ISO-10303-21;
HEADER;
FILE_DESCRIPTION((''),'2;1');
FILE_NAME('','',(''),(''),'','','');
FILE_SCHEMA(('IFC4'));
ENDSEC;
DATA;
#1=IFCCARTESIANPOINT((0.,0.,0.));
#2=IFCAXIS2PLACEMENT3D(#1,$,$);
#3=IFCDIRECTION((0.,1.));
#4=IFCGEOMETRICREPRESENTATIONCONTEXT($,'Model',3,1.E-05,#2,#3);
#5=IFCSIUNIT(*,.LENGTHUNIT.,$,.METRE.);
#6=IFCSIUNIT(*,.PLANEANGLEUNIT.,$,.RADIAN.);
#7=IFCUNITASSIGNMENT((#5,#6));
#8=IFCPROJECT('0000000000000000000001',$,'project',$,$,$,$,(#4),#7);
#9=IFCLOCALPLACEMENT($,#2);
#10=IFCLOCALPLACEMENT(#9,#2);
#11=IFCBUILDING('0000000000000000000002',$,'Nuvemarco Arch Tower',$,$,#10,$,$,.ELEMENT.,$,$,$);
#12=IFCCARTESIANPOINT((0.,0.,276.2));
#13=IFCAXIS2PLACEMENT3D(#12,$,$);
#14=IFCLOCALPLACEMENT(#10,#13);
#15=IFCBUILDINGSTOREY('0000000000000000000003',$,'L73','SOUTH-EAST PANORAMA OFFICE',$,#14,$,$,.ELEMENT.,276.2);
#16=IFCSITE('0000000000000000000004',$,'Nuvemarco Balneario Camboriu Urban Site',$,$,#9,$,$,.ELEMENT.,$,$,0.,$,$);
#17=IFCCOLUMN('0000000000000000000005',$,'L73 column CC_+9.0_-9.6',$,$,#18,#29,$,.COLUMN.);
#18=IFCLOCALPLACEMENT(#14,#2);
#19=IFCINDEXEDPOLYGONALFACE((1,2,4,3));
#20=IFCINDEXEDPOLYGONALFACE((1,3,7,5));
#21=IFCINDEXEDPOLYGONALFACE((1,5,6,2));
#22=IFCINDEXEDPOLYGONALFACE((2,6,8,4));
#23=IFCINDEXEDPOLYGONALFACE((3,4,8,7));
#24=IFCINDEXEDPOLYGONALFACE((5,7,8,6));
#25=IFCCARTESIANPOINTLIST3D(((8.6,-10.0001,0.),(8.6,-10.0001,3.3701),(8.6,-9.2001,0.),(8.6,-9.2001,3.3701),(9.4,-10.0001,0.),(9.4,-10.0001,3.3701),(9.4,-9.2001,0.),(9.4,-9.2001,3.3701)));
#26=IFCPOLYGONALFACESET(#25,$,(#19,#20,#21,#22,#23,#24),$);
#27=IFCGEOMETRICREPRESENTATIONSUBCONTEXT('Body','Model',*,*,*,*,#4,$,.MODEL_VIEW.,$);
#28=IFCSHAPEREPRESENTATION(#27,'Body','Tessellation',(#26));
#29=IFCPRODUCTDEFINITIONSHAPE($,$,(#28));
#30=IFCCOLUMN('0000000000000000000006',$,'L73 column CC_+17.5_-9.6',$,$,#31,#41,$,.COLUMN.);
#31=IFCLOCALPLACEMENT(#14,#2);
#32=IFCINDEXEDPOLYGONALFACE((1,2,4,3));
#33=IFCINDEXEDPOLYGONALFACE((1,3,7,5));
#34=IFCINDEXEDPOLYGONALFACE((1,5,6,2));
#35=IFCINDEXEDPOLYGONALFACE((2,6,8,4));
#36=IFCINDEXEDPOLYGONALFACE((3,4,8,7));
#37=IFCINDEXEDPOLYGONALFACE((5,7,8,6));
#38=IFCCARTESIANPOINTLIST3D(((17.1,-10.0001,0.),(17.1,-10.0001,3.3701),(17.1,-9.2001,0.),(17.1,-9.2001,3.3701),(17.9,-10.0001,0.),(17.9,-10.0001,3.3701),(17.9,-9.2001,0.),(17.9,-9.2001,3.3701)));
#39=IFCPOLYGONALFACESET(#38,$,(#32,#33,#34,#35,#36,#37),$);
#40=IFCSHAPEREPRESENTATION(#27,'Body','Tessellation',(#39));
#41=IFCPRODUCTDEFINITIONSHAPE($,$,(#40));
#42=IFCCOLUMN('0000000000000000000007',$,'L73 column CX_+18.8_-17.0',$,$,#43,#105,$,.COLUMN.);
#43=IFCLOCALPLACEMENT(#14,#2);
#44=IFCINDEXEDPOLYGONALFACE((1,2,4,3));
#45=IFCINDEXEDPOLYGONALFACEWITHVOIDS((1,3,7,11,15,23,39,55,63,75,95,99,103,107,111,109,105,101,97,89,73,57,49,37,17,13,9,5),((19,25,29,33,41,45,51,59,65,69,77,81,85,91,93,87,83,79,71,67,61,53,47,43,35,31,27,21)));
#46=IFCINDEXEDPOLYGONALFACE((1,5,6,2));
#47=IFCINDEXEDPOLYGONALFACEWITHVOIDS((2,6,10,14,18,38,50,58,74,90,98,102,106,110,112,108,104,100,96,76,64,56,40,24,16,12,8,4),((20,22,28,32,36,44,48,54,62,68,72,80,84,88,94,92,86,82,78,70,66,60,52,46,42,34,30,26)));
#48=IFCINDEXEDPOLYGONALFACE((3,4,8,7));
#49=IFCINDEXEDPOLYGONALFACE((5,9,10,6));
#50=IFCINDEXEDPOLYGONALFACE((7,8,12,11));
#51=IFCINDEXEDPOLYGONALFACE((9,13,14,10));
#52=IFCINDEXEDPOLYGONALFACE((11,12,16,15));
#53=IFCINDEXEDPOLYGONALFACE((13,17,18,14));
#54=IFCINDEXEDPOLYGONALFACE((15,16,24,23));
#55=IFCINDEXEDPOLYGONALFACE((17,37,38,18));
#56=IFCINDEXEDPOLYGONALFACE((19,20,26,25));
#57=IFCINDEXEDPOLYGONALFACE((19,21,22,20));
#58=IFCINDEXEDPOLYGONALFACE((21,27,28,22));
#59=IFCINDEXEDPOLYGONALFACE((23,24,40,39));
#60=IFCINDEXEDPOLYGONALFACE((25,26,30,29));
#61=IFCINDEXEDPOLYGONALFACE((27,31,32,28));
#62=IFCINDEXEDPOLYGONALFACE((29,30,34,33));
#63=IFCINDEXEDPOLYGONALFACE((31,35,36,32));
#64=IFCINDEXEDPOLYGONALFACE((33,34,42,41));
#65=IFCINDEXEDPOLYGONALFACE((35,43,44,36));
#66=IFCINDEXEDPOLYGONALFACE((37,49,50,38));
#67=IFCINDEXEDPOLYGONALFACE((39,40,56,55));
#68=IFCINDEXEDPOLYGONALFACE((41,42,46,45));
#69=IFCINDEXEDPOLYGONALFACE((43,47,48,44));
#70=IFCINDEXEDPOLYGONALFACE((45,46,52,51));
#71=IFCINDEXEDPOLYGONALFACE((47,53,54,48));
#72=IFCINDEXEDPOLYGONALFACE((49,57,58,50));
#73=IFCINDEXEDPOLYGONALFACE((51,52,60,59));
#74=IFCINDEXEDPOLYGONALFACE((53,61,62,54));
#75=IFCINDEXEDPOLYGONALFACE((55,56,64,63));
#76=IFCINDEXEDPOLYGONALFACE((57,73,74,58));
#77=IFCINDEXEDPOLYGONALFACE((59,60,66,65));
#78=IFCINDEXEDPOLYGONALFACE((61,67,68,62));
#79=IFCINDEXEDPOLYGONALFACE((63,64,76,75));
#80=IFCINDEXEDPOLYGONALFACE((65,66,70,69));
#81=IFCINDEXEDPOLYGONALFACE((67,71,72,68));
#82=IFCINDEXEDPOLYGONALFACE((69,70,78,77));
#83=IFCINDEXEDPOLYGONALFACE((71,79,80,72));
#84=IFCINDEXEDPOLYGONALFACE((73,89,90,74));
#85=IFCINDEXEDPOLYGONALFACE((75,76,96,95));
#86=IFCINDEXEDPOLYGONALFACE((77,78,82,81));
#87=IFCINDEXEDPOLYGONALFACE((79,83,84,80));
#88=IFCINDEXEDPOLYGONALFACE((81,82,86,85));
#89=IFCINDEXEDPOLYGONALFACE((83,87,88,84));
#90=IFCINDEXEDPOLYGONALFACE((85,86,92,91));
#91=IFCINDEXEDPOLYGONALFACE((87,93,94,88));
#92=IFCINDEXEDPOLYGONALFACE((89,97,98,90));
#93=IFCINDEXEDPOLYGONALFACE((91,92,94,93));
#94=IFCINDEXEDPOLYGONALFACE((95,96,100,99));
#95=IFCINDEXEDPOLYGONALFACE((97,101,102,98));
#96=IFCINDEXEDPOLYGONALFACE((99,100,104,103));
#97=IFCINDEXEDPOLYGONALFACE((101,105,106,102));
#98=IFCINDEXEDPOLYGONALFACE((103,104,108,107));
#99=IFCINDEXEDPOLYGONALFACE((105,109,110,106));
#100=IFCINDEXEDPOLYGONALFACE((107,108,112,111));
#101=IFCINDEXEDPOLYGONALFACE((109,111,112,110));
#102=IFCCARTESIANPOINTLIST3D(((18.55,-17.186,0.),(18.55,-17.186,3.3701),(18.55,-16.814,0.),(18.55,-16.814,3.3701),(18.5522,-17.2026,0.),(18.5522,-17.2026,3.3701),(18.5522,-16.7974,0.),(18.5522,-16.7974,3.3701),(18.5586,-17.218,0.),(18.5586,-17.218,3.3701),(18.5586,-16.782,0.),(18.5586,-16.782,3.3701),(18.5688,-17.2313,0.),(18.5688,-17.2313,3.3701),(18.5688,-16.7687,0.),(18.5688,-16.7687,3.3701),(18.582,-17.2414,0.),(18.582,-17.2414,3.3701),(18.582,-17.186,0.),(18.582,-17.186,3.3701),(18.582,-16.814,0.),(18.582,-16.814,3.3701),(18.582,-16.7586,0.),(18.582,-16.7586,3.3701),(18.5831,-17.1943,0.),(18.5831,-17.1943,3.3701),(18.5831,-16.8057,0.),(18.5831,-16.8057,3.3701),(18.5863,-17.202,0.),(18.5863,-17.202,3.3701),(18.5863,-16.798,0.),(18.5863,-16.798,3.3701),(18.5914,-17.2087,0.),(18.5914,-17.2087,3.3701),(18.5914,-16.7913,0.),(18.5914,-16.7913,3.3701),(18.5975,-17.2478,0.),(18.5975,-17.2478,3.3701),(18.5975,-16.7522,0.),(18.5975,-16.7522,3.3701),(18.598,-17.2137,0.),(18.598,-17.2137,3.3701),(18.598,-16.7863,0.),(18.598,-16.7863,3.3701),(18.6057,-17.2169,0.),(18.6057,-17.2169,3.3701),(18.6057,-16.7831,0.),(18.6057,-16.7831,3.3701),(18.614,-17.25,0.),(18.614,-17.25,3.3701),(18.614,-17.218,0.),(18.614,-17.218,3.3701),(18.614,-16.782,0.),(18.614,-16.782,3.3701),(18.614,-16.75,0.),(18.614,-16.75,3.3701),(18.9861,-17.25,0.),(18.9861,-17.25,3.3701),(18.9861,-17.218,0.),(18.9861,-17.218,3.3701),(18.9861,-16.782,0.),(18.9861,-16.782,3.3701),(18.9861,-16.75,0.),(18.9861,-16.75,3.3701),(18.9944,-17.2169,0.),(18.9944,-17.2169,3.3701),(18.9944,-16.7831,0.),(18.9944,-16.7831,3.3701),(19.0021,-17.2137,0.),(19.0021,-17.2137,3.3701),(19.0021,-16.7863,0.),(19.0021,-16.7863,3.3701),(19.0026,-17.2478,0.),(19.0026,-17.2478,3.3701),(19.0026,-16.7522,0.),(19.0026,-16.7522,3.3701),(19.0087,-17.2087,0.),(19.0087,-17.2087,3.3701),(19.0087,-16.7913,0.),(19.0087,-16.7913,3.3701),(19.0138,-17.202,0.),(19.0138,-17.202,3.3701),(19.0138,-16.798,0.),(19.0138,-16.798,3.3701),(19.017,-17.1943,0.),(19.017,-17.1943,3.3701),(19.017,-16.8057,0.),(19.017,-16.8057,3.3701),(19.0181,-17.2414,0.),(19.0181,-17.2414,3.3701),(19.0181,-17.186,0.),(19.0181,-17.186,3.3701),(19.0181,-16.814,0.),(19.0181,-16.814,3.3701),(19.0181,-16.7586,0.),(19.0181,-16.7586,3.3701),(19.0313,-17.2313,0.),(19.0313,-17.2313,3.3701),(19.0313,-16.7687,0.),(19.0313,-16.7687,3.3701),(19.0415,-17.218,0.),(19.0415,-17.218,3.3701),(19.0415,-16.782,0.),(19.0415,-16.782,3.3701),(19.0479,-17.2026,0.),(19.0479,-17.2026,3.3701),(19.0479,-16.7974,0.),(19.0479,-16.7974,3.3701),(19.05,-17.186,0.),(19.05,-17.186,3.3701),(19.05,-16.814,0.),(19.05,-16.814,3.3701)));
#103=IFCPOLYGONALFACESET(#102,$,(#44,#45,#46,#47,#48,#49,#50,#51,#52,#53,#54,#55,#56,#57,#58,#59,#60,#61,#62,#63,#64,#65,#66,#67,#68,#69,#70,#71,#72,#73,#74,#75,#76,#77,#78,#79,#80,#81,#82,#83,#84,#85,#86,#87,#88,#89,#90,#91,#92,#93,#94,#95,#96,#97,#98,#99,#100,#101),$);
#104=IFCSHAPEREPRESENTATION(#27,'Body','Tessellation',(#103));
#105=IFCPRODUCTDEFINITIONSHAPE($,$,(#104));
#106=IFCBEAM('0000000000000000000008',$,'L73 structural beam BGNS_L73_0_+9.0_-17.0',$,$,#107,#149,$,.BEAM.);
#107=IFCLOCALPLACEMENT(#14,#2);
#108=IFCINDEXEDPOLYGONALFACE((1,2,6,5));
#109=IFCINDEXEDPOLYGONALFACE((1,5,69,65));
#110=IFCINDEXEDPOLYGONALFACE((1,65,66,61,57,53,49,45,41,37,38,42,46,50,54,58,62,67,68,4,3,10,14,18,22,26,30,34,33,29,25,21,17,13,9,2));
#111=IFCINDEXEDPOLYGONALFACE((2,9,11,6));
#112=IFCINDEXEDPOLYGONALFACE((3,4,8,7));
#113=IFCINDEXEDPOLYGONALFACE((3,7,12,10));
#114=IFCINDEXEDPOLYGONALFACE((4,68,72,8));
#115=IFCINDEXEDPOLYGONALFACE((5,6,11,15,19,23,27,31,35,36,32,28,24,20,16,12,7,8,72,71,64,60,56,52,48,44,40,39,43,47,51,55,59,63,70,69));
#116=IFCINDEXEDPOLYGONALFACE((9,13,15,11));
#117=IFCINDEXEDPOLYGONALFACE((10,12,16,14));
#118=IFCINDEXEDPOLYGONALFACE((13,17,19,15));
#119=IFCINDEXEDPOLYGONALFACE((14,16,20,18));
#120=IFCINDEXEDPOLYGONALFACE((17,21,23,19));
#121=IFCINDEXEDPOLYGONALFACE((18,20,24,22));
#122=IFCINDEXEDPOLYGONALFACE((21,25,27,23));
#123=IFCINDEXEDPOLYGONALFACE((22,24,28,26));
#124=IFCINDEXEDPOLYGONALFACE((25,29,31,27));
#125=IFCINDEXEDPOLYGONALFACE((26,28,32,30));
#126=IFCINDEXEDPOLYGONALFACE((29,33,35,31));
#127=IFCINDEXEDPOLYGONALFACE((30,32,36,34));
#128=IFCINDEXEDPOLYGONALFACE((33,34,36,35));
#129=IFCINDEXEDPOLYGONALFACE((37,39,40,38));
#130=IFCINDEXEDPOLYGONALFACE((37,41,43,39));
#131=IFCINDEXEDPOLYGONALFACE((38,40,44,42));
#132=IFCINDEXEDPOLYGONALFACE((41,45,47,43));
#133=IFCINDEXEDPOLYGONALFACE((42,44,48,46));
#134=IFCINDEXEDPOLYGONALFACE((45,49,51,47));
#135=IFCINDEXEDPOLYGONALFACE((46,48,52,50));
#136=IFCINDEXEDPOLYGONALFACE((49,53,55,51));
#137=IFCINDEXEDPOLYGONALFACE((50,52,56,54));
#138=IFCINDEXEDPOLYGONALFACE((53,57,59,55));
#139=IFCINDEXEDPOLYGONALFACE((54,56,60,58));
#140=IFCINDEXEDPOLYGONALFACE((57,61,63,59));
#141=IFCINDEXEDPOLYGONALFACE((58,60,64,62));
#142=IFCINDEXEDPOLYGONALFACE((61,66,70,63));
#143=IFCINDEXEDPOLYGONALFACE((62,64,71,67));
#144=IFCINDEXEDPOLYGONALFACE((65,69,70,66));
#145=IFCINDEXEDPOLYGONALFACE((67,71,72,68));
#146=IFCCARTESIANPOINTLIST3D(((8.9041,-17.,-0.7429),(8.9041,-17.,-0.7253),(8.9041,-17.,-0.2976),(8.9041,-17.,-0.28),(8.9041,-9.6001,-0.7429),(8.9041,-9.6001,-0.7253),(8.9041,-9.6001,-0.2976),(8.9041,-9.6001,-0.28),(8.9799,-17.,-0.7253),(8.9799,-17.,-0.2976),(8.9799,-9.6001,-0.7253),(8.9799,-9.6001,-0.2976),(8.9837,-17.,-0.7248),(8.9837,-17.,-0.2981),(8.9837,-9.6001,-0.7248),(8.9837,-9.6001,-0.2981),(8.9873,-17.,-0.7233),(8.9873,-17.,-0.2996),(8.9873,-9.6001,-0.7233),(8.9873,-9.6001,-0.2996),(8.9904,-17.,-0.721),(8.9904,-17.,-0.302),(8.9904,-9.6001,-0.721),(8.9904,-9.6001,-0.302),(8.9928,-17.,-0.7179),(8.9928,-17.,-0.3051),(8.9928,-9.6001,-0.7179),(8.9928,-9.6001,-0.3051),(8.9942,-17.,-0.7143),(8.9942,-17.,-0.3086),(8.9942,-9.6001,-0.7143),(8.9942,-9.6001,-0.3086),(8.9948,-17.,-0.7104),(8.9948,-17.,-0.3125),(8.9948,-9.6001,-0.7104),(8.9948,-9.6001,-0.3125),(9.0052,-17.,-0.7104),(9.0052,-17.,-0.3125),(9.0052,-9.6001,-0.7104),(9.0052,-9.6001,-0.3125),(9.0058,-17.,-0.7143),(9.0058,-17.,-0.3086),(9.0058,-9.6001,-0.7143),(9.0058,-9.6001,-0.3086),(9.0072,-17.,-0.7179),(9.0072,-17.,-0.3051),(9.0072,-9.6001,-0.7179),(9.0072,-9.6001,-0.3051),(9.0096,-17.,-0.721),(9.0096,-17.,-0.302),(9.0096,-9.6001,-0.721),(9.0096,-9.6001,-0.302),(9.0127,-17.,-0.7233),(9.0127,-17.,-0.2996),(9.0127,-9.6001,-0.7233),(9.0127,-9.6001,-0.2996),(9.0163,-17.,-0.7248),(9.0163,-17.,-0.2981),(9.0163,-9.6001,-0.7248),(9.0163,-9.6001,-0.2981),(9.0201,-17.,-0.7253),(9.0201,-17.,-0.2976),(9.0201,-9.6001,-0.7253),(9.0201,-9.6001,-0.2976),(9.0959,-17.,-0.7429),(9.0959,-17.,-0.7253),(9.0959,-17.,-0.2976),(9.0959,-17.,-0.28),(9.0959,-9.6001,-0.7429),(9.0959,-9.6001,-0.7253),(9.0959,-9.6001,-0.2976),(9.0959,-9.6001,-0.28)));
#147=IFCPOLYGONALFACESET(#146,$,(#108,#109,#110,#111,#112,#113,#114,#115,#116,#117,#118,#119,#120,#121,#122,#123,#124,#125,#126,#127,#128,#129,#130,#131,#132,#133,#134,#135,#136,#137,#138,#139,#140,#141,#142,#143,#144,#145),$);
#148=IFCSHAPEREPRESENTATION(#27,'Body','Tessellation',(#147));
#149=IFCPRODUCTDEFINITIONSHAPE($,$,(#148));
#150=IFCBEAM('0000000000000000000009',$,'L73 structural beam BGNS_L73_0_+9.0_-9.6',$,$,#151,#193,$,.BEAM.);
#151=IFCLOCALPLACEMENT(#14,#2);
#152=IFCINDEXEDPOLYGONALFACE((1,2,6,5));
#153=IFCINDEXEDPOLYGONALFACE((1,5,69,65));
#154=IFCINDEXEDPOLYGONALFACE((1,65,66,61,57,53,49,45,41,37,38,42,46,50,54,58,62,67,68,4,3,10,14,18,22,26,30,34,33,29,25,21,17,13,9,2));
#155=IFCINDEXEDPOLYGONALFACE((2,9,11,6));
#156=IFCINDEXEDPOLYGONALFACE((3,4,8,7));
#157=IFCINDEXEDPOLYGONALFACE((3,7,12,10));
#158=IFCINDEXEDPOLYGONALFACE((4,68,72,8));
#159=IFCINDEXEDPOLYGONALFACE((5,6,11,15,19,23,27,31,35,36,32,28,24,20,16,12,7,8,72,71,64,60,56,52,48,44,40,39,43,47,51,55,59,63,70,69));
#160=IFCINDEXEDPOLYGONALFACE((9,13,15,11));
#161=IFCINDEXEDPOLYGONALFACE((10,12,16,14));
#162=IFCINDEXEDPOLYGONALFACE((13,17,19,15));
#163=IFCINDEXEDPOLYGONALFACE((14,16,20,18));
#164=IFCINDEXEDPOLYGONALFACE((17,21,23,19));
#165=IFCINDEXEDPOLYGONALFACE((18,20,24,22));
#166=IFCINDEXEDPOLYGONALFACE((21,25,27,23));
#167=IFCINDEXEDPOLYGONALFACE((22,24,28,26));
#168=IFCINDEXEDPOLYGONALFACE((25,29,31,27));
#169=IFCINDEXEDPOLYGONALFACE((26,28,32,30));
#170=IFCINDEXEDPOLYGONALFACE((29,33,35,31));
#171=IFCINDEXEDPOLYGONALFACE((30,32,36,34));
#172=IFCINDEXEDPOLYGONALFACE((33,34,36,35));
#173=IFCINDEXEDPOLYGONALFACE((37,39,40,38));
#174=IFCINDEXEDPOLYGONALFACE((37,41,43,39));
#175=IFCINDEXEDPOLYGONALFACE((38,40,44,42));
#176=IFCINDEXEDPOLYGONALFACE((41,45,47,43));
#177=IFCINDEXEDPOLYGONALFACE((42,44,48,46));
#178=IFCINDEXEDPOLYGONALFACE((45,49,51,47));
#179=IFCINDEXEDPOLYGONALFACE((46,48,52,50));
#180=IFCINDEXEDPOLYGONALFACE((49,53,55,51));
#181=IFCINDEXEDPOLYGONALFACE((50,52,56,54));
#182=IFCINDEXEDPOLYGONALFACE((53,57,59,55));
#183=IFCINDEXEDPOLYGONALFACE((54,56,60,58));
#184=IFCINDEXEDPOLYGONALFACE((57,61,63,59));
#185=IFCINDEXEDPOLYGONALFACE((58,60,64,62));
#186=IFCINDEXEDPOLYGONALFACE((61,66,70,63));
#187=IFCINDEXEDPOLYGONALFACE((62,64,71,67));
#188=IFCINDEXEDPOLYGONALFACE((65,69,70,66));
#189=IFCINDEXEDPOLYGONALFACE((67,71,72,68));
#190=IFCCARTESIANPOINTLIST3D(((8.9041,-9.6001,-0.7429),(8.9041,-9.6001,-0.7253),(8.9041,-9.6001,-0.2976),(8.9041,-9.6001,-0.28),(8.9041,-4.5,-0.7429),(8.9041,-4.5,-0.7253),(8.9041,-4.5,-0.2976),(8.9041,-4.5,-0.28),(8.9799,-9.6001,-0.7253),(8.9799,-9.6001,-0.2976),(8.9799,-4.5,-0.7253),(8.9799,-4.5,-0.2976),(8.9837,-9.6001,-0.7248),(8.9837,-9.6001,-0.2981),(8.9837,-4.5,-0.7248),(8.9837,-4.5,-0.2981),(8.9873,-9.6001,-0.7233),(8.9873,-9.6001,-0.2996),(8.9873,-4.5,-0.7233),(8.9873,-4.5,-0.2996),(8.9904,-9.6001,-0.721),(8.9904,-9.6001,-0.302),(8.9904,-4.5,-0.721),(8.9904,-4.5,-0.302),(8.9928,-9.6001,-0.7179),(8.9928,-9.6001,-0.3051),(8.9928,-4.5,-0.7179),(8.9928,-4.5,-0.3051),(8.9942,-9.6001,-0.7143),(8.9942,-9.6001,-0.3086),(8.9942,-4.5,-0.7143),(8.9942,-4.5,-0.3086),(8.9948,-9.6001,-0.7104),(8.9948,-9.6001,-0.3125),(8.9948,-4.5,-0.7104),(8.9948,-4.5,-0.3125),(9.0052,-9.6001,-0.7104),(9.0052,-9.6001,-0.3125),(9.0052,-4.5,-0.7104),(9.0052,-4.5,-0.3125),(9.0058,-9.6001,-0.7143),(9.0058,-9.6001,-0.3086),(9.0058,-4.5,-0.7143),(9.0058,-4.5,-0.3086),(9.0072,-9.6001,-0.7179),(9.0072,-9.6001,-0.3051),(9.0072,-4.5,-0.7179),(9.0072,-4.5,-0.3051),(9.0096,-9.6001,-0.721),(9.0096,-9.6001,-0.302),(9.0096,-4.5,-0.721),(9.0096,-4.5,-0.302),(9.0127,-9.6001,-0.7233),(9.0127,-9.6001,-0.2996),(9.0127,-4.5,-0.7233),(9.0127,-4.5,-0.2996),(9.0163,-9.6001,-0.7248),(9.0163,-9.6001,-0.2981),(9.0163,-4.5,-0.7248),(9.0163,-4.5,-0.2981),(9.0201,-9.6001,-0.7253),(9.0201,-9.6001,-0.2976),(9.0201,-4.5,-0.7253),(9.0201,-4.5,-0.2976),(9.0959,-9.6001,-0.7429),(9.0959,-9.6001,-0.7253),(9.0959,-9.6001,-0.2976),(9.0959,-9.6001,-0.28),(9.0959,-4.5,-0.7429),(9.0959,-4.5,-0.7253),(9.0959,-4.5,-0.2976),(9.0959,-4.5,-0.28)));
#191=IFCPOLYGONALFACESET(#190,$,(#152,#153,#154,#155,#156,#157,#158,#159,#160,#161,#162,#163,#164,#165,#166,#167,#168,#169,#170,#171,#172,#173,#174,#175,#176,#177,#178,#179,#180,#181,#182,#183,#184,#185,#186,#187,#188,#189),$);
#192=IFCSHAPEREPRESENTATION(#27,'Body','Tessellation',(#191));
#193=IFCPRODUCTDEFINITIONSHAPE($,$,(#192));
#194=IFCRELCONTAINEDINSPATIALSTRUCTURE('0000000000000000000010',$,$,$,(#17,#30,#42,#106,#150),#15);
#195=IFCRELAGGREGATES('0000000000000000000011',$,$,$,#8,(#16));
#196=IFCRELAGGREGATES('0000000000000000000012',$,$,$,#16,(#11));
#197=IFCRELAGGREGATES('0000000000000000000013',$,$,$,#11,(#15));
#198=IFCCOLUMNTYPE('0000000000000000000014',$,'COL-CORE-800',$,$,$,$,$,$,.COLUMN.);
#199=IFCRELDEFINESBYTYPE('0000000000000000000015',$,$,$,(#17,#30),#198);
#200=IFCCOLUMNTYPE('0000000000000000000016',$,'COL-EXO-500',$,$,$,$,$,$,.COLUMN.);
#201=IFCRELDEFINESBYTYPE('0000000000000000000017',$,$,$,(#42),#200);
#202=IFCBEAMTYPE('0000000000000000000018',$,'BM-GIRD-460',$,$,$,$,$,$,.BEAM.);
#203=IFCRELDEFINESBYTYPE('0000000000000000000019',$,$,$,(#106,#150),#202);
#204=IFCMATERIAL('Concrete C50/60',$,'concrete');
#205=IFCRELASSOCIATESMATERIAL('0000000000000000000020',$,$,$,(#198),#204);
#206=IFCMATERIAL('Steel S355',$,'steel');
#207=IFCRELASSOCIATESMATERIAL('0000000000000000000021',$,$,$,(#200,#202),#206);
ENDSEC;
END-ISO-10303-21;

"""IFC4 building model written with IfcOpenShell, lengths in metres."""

from ifc_helpers import new_model, si_unit, direction, frame, origin, origin_2d, place, context, subcontext, project, spatial, rectangle, hollow_rectangle, i_section, extrude, material, material_profile, profile_set, type_object, element, save


model = new_model("IFC4")

# Units and contexts
model_context = context("Model", 3, precision=1e-05, world=origin(), true_north=direction((0.0, 1.0)))
body_context = subcontext(model_context, "Body", "Model", "MODEL_VIEW")
ifc_project = project(units=[si_unit("LENGTHUNIT", "METRE"), si_unit("PLANEANGLEUNIT", "RADIAN")], contexts=[model_context])

# Site, building, storey
site_placement = place(None, origin())
site = spatial("IfcSite", under=ifc_project, at=site_placement, Name="Nuvemarco Balneario Camboriu Urban Site", CompositionType="ELEMENT", RefElevation=0.0)
building_placement = place(site_placement, origin())
building = spatial("IfcBuilding", under=site, at=building_placement, Name="Nuvemarco Arch Tower", CompositionType="ELEMENT")
storey_placement = place(building_placement, frame((0.0, 0.0, 276.2)))
storey = spatial("IfcBuildingStorey", under=building, at=storey_placement, Name="L73", Description="SOUTH-EAST PANORAMA OFFICE", CompositionType="ELEMENT", Elevation=276.2)

# Columns
ifc_material_1 = material(Name="Concrete C50/60", Category="concrete")
ifc_material_profile_1 = material_profile(ifc_material_1, rectangle(XDim=0.8, YDim=0.8, at=origin_2d()), Name="RC-COL-800x800")
ifc_profile_set_1 = profile_set([ifc_material_profile_1], Name="Concrete C50/60")
column_type_1 = type_object("IfcColumnType", Name="COL-CORE-800", PredefinedType="COLUMN", material=ifc_profile_set_1)
for number, where, z_axis, x_axis, name in (
    (1, (9.0, -9.6001, 0.0), (0.0, 0.0, 1.0), (1.0, 0.0, 0.0), "L73 column CC_+9.0_-9.6"),
    (2, (17.5, -9.6001, 0.0), (0.0, 0.0, 1.0), (1.0, 0.0, 0.0), "L73 column CC_+17.5_-9.6"),
):
    element("IfcColumn", number, at=place(storey_placement, frame(where, z_axis=z_axis, x_axis=x_axis)), inside=storey, type_object=column_type_1, Name=name, PredefinedType="COLUMN", context=body_context, shape_type="SweptSolid", body=[
        extrude(rectangle(XDim=0.8, YDim=0.8, at=origin_2d()), origin(), (0.0, 0.0, 1.0), 3.3701),
    ])
ifc_material_2 = material(Name="Steel S355", Category="steel")
ifc_material_profile_2 = material_profile(ifc_material_2, hollow_rectangle(XDim=0.5, YDim=0.5, WallThickness=0.032, InnerFilletRadius=0.032, OuterFilletRadius=0.064, at=origin_2d()), Name="SHS500x500x32")
ifc_profile_set_2 = profile_set([ifc_material_profile_2], Name="Steel S355")
column_type_2 = type_object("IfcColumnType", Name="COL-EXO-500", PredefinedType="COLUMN", material=ifc_profile_set_2)
column_placement = place(storey_placement, frame((18.8, -17.0, 0.0), z_axis=(0.0, 0.0, 1.0), x_axis=(1.0, 0.0, 0.0)))
element("IfcColumn", 3, at=column_placement, inside=storey, type_object=column_type_2, Name="L73 column CX_+18.8_-17.0", PredefinedType="COLUMN", context=body_context, shape_type="SweptSolid", body=[
    extrude(hollow_rectangle(XDim=0.5, YDim=0.5, WallThickness=0.032, InnerFilletRadius=0.032, OuterFilletRadius=0.064, at=origin_2d()), origin(), (0.0, 0.0, 1.0), 3.3701),
])

# Beams
ifc_material_profile_3 = material_profile(ifc_material_2, i_section(OverallWidth=0.1919, OverallDepth=0.4629, WebThickness=0.0105, FlangeThickness=0.0176, FilletRadius=0.0149, at=origin_2d()), Name="W460x89")
ifc_profile_set_3 = profile_set([ifc_material_profile_3], Name="Steel S355")
beam_type_1 = type_object("IfcBeamType", Name="BM-GIRD-460", PredefinedType="BEAM", material=ifc_profile_set_3)
beam_1_placement = place(storey_placement, frame((9.0, -17.0, -0.5115), z_axis=(0.0, 1.0, 0.0), x_axis=(-1.0, 0.0, 0.0)))
element("IfcBeam", 4, at=beam_1_placement, inside=storey, type_object=beam_type_1, Name="L73 structural beam BGNS_L73_0_+9.0_-17.0", PredefinedType="BEAM", context=body_context, shape_type="SweptSolid", body=[
    extrude(i_section(OverallWidth=0.1919, OverallDepth=0.4629, WebThickness=0.0105, FlangeThickness=0.0176, FilletRadius=0.0149, at=origin_2d()), origin(), (0.0, 0.0, 1.0), 7.3999),
])
beam_2_placement = place(storey_placement, frame((9.0, -9.6001, -0.5115), z_axis=(0.0, 1.0, 0.0), x_axis=(-1.0, 0.0, 0.0)))
element("IfcBeam", 5, at=beam_2_placement, inside=storey, type_object=beam_type_1, Name="L73 structural beam BGNS_L73_0_+9.0_-9.6", PredefinedType="BEAM", context=body_context, shape_type="SweptSolid", body=[
    extrude(i_section(OverallWidth=0.1919, OverallDepth=0.4629, WebThickness=0.0105, FlangeThickness=0.0176, FilletRadius=0.0149, at=origin_2d()), origin(), (0.0, 0.0, 1.0), 5.1001),
])

save(model, "model.ifc")
